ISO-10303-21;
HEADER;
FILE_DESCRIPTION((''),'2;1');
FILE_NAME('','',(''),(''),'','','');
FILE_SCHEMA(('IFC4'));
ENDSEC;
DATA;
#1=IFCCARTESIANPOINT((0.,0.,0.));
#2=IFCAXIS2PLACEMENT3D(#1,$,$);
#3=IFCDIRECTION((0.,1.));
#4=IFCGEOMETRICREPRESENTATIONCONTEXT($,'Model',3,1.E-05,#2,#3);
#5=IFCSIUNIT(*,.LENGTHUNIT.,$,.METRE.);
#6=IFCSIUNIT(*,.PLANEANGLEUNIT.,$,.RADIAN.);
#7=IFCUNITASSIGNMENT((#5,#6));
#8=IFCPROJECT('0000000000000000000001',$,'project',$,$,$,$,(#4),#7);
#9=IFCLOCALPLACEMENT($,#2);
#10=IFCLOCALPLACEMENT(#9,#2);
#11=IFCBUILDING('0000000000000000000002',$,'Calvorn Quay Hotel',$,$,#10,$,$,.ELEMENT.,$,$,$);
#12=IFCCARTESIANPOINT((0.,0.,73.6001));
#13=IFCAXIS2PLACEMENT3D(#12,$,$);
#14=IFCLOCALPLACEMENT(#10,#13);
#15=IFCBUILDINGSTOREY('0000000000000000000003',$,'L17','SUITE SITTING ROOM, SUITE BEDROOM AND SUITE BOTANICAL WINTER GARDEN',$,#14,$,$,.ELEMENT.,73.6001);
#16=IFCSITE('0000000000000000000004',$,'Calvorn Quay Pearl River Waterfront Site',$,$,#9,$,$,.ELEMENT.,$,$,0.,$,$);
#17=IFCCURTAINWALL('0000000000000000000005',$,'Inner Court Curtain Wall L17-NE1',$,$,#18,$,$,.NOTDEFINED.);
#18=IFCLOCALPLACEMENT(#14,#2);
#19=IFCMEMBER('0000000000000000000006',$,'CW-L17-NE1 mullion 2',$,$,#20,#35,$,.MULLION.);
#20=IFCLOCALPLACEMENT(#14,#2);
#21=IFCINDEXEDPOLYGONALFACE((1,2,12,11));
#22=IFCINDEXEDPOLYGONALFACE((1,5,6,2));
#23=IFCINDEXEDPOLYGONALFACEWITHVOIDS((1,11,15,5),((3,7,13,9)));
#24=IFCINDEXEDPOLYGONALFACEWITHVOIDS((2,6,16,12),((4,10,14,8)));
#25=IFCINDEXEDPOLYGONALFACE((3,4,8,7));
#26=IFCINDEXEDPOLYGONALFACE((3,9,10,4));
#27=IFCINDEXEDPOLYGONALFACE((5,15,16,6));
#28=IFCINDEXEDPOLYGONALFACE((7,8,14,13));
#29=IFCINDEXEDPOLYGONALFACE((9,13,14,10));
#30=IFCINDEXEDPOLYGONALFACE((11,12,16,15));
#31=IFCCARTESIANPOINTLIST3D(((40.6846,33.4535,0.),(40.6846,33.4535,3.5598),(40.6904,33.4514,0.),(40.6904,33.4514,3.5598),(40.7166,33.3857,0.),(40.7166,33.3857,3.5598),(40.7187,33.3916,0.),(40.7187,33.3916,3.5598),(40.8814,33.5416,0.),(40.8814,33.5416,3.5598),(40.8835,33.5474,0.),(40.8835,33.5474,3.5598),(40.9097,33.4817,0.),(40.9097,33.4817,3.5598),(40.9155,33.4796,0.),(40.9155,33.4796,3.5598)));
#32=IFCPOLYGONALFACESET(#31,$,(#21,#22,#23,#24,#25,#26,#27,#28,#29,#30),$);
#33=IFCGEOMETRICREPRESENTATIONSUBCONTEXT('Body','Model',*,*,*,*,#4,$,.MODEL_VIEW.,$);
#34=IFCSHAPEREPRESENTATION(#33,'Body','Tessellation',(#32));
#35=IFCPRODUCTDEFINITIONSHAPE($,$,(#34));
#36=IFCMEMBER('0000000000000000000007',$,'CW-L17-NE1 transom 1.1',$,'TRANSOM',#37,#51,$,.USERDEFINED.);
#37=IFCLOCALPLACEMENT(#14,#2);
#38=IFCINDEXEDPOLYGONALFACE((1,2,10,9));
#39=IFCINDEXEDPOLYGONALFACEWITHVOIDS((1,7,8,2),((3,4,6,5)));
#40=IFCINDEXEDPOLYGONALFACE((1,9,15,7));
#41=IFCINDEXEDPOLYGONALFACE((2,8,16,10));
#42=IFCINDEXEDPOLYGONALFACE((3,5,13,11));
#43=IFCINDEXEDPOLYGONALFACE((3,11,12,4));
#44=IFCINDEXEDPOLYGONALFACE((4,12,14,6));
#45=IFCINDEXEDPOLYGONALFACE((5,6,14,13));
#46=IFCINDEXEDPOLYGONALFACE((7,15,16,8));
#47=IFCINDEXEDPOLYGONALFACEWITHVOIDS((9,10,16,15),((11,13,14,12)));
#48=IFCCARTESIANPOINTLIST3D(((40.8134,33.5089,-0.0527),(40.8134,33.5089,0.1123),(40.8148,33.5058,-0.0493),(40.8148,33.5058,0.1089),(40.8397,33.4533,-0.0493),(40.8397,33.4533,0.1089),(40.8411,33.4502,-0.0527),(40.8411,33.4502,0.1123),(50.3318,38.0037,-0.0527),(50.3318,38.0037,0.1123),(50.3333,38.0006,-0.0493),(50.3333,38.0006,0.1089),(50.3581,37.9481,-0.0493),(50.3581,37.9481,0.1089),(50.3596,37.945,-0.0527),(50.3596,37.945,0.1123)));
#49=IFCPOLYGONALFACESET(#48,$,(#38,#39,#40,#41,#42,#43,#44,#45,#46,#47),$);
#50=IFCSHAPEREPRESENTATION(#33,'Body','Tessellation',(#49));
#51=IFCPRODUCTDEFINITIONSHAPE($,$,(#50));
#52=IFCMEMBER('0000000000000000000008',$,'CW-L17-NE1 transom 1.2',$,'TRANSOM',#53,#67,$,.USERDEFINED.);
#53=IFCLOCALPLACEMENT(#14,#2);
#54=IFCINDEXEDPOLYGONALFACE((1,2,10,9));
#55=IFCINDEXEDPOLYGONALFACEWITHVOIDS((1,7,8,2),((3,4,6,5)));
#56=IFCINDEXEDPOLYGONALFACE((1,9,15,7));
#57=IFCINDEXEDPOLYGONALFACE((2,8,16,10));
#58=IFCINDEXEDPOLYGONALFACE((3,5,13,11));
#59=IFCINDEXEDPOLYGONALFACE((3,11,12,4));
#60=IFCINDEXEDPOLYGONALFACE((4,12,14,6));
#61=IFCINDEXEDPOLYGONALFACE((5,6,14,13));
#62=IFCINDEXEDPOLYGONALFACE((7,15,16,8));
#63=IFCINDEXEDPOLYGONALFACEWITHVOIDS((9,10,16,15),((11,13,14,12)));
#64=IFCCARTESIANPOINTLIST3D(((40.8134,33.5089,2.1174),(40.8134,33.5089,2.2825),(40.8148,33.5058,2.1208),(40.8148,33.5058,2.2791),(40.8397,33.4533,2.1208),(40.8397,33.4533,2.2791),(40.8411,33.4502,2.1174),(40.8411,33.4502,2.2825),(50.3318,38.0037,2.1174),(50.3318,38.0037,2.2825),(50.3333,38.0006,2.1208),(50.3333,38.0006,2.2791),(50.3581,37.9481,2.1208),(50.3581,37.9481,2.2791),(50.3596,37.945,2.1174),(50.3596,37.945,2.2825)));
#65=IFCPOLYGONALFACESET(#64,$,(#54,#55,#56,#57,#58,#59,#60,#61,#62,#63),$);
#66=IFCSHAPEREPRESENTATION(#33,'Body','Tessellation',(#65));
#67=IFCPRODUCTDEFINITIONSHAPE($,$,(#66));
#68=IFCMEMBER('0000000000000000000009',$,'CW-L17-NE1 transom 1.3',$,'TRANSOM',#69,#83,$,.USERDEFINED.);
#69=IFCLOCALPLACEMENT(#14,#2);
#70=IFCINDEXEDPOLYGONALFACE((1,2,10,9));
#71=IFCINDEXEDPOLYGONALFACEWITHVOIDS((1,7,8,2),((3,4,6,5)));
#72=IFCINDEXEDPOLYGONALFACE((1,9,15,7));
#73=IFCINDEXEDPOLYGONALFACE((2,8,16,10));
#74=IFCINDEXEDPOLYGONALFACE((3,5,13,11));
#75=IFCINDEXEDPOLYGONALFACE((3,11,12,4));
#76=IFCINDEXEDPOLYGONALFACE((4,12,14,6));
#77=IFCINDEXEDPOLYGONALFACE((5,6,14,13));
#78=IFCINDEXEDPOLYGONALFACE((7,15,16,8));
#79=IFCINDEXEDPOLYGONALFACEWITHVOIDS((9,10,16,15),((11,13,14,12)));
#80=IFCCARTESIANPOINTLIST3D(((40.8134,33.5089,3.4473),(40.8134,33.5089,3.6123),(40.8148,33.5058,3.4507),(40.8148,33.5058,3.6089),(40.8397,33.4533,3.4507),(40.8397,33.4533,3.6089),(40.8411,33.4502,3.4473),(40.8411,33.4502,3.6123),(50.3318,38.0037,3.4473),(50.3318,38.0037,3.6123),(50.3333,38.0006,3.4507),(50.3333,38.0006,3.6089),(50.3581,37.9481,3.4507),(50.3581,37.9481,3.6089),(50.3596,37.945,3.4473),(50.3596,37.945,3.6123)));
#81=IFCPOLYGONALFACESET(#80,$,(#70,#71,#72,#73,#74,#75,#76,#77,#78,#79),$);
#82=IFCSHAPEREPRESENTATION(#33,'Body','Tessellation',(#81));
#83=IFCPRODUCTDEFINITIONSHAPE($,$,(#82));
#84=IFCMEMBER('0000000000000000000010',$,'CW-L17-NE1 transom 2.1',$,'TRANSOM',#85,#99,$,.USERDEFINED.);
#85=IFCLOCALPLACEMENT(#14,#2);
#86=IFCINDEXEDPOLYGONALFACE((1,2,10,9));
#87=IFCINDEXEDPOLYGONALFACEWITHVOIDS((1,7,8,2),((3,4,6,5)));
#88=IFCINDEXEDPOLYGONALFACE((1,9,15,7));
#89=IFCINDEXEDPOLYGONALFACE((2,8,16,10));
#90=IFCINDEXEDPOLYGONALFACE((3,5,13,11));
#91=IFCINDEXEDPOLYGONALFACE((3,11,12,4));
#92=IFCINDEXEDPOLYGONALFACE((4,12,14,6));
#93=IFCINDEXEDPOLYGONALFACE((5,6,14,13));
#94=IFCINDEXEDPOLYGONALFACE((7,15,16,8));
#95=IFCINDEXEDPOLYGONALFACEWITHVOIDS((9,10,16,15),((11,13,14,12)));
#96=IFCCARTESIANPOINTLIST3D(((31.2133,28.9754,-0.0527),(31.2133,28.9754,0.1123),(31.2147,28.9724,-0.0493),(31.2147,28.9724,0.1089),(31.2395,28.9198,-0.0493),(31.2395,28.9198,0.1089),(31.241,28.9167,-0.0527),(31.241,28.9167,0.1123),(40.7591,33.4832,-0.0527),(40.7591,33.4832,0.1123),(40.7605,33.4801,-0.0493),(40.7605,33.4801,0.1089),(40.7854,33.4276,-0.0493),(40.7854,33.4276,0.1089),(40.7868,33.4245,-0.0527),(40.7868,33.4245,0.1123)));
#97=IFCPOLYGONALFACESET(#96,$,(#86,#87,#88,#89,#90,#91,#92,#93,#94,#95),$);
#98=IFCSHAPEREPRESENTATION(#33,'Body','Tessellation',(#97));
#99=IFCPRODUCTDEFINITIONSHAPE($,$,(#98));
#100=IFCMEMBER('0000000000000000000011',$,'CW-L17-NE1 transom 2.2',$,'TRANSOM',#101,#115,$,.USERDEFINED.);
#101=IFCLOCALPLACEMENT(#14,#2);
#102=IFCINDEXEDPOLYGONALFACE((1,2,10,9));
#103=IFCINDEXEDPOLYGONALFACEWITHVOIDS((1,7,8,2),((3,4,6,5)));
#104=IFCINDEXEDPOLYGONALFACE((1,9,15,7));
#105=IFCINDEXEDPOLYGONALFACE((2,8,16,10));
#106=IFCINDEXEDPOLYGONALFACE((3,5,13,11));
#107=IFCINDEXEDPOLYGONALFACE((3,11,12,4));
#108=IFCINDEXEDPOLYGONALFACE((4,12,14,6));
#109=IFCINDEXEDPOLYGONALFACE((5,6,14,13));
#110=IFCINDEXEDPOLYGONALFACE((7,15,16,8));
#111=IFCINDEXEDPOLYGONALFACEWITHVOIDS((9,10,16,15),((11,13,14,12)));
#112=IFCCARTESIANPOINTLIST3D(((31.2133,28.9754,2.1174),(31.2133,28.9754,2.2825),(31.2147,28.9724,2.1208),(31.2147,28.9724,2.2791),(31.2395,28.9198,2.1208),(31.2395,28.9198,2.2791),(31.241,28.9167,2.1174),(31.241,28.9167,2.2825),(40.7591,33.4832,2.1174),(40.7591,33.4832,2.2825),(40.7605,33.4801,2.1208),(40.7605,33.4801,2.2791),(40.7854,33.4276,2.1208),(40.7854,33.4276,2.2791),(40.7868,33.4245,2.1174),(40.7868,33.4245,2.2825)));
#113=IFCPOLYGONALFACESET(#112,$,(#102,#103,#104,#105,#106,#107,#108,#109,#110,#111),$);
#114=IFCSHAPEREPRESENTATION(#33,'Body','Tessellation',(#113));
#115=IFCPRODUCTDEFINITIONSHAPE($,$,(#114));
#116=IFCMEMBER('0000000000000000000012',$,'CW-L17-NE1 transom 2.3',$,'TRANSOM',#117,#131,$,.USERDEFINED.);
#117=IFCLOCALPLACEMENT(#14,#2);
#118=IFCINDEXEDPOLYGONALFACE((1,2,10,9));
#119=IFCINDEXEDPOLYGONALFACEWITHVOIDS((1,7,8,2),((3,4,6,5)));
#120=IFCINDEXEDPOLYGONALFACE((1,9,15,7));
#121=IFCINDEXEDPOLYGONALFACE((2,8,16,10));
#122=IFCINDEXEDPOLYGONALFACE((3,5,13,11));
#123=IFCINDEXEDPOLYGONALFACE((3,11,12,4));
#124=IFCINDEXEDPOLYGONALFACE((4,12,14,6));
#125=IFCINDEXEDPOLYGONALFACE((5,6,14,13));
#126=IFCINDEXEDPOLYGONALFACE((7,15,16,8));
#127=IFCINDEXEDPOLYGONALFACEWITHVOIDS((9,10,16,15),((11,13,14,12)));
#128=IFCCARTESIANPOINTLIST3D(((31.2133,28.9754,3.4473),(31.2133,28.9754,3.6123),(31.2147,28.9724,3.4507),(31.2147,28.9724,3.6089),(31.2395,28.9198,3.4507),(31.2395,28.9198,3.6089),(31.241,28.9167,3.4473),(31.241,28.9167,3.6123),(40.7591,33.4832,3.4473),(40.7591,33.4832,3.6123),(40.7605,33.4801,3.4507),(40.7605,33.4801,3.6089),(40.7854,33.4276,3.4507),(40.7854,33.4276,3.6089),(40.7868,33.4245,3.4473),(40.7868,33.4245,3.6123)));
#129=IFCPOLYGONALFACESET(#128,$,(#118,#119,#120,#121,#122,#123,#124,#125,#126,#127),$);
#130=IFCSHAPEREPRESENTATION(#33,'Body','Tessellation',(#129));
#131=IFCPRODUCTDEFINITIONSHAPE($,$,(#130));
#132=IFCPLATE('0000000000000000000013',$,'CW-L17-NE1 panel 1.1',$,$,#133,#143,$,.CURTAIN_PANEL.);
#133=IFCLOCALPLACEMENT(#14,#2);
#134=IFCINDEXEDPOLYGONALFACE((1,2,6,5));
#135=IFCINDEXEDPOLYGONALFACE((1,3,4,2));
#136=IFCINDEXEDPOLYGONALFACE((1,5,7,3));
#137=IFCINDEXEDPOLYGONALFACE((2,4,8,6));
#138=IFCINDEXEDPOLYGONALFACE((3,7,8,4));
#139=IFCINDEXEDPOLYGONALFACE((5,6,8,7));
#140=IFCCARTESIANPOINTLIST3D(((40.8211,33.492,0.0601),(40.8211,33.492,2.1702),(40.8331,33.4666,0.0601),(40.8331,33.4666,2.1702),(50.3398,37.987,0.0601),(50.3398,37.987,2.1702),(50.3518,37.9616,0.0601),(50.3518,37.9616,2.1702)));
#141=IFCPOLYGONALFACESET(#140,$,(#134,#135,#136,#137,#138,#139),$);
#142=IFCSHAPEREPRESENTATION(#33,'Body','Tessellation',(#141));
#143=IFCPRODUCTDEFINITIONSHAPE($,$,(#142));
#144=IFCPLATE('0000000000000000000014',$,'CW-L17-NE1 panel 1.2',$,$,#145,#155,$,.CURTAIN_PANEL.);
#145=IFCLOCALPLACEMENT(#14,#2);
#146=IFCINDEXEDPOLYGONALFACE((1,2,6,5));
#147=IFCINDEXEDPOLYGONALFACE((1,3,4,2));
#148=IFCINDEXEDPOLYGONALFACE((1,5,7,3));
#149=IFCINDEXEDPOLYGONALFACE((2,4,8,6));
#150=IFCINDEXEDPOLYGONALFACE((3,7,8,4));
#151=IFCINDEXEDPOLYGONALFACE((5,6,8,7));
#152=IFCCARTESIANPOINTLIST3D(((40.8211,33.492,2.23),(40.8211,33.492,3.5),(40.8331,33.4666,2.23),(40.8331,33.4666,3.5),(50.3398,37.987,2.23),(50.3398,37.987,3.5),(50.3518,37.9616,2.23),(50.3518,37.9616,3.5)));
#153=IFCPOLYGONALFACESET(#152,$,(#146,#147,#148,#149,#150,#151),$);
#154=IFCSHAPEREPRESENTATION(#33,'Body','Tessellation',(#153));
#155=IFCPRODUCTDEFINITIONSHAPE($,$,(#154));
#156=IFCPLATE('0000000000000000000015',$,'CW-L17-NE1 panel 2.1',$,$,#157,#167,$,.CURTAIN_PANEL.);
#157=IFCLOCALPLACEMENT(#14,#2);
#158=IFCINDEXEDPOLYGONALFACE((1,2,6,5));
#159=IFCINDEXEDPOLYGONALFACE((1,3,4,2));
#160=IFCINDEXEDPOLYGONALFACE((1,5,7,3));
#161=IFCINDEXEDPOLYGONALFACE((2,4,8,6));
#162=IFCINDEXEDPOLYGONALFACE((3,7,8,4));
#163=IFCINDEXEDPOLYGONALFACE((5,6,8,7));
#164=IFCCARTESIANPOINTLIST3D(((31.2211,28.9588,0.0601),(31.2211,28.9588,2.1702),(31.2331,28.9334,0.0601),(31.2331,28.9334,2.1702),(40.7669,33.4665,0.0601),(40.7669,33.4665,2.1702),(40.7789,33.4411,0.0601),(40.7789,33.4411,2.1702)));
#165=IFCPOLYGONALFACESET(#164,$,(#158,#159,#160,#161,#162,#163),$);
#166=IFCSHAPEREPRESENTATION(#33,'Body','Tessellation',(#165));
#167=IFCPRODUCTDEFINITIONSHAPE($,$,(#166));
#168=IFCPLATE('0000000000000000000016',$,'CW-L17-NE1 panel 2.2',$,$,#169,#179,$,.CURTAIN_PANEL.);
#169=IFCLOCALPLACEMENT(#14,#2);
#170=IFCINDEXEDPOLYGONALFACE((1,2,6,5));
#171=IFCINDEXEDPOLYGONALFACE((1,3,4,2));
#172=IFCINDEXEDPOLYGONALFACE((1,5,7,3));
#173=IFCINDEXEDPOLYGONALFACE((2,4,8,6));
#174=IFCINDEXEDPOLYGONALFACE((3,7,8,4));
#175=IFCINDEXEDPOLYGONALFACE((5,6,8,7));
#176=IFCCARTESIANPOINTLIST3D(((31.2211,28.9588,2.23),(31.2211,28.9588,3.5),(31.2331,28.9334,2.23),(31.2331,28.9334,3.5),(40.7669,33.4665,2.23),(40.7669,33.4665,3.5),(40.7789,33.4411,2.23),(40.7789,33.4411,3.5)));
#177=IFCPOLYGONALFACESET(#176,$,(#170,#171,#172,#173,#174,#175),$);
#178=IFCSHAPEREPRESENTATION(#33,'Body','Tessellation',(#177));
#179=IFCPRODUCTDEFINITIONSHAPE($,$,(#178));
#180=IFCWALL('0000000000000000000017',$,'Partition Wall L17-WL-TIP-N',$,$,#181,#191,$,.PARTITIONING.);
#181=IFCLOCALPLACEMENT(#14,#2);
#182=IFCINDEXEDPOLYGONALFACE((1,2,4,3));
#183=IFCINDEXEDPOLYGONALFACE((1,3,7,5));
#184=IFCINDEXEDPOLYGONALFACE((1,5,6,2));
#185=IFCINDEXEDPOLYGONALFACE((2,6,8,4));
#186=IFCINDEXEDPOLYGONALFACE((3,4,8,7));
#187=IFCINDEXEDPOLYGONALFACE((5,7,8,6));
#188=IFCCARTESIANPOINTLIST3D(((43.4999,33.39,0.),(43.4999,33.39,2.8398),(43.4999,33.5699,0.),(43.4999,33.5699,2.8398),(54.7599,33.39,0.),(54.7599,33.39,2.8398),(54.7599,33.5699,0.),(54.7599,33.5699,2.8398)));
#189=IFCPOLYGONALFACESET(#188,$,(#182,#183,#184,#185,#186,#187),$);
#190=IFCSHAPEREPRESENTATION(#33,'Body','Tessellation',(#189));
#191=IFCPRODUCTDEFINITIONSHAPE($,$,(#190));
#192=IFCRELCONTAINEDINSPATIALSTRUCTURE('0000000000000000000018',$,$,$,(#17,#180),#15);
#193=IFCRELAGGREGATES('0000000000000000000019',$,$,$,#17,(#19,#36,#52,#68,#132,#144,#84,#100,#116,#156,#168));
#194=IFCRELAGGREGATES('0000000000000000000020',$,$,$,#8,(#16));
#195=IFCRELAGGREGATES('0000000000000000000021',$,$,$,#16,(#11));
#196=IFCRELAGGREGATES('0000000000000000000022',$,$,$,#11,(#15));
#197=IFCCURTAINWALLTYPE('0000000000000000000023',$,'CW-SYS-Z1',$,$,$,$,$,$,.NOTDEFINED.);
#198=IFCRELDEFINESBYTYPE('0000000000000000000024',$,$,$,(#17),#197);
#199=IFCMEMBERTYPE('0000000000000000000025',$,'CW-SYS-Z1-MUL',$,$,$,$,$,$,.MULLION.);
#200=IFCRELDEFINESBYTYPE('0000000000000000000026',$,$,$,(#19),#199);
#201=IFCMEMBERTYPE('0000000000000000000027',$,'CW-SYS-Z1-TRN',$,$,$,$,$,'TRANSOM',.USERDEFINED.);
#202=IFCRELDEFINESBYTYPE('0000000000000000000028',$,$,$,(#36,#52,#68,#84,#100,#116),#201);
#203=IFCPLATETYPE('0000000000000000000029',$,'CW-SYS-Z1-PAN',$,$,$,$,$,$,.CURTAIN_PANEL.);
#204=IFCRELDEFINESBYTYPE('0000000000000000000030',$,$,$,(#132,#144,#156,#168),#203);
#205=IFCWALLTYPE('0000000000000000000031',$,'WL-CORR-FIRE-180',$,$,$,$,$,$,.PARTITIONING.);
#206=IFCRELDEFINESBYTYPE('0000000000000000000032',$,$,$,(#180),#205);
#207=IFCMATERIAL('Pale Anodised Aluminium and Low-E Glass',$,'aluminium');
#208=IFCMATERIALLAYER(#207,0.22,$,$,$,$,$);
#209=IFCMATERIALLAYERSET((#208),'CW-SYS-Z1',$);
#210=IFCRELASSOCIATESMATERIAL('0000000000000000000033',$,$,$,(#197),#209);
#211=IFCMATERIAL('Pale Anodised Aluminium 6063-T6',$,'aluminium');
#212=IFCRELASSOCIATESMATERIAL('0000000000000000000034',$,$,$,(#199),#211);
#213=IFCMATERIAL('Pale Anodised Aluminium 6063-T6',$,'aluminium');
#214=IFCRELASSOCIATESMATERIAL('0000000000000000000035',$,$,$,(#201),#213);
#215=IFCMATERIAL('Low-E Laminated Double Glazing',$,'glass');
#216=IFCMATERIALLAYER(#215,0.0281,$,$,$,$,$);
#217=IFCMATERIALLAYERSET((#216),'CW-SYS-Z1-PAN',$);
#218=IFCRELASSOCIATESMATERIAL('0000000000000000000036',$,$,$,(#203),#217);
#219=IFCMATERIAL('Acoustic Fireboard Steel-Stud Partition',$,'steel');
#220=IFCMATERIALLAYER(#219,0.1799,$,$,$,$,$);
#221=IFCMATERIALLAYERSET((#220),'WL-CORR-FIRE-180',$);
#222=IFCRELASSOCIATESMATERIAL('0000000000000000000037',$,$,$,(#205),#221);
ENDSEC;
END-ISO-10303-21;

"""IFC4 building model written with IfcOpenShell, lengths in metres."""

from ifc_helpers import new_model, si_unit, direction, frame, frame_2d, origin, origin_2d, place, context, subcontext, project, spatial, rectangle, hollow_rectangle, extrude, material, layer, layer_set, material_profile, profile_set, type_object, element, aggregate, save


model = new_model("IFC4")

# Units and contexts
model_context = context("Model", 3, precision=1e-05, world=origin(), true_north=direction((0.0, 1.0)))
body_context = subcontext(model_context, "Body", "Model", "MODEL_VIEW")
ifc_project = project(units=[si_unit("LENGTHUNIT", "METRE"), si_unit("PLANEANGLEUNIT", "RADIAN")], contexts=[model_context])

# Site, building, storey
site_placement = place(None, origin())
site = spatial("IfcSite", under=ifc_project, at=site_placement, Name="Calvorn Quay Pearl River Waterfront Site", CompositionType="ELEMENT", RefElevation=0.0)
building_placement = place(site_placement, origin())
building = spatial("IfcBuilding", under=site, at=building_placement, Name="Calvorn Quay Hotel", CompositionType="ELEMENT")
storey_placement = place(building_placement, frame((0.0, 0.0, 73.6001)))
storey = spatial("IfcBuildingStorey", under=building, at=storey_placement, Name="L17", Description="SUITE SITTING ROOM, SUITE BEDROOM AND SUITE BOTANICAL WINTER GARDEN", CompositionType="ELEMENT", Elevation=73.6001)

# Curtain wall, members, plates
ifc_material_1 = material(Name="Pale Anodised Aluminium and Low-E Glass", Category="aluminium")
ifc_layer_1 = layer(ifc_material_1, 0.22)
ifc_layer_set_1 = layer_set([ifc_layer_1], Name="CW-SYS-Z1")
curtain_wall_type = type_object("IfcCurtainWallType", Name="CW-SYS-Z1", PredefinedType="NOTDEFINED", material=ifc_layer_set_1)
curtain_wall_placement = place(storey_placement, origin())
curtain_wall = element("IfcCurtainWall", 1, at=curtain_wall_placement, inside=storey, type_object=curtain_wall_type, Name="Inner Court Curtain Wall L17-NE1", PredefinedType="NOTDEFINED")
ifc_material_2 = material(Name="Pale Anodised Aluminium 6063-T6", Category="aluminium")
ifc_material_profile_1 = material_profile(ifc_material_2, hollow_rectangle(XDim=0.075, YDim=0.22, WallThickness=0.0044, at=origin_2d()), Name="ALU-M220x75x4.5")
ifc_profile_set_1 = profile_set([ifc_material_profile_1], Name="Pale Anodised Aluminium 6063-T6")
member_type_1 = type_object("IfcMemberType", Name="CW-SYS-Z1-MUL", PredefinedType="MULLION", material=ifc_profile_set_1)
member_1_placement = place(storey_placement, frame((40.8, 33.4666, 0.0), z_axis=(0.0, 0.0, 1.0), x_axis=(0.427006, -0.904249, 0.0)))
member_1 = element("IfcMember", 2, at=member_1_placement, type_object=member_type_1, Name="CW-L17-NE1 mullion 2", PredefinedType="MULLION", context=body_context, shape_type="SweptSolid", body=[
    extrude(hollow_rectangle(XDim=0.075, YDim=0.22, WallThickness=0.0044, at=origin_2d()), origin(), (0.0, 0.0, 1.0), 3.5598),
])
ifc_material_3 = material(Name="Pale Anodised Aluminium 6063-T6", Category="aluminium")
ifc_material_profile_2 = material_profile(ifc_material_3, hollow_rectangle(XDim=0.0649, YDim=0.165, WallThickness=0.0034, at=origin_2d()), Name="ALU-T165x65x3.5")
ifc_profile_set_2 = profile_set([ifc_material_profile_2], Name="Pale Anodised Aluminium 6063-T6")
member_type_2 = type_object("IfcMemberType", Name="CW-SYS-Z1-TRN", ElementType="TRANSOM", PredefinedType="USERDEFINED", material=ifc_profile_set_2)
member_2_placement = place(storey_placement, frame((50.3457, 37.9744, 0.0298), z_axis=(-0.904249, -0.427006, 0.0), x_axis=(0.427006, -0.904249, 0.0)))
member_2 = element("IfcMember", 3, at=member_2_placement, type_object=member_type_2, Name="CW-L17-NE1 transom 1.1", ObjectType="TRANSOM", PredefinedType="USERDEFINED", context=body_context, shape_type="SweptSolid", body=[
    extrude(hollow_rectangle(XDim=0.0649, YDim=0.165, WallThickness=0.0034, at=origin_2d()), origin(), (0.0, 0.0, 1.0), 10.5264),
])
member_3_placement = place(storey_placement, frame((50.3457, 37.9744, 2.2), z_axis=(-0.904249, -0.427006, 0.0), x_axis=(0.427006, -0.904249, 0.0)))
member_3 = element("IfcMember", 4, at=member_3_placement, type_object=member_type_2, Name="CW-L17-NE1 transom 1.2", ObjectType="TRANSOM", PredefinedType="USERDEFINED", context=body_context, shape_type="SweptSolid", body=[
    extrude(hollow_rectangle(XDim=0.0649, YDim=0.165, WallThickness=0.0034, at=origin_2d()), origin(), (0.0, 0.0, 1.0), 10.5264),
])
member_4_placement = place(storey_placement, frame((50.3457, 37.9744, 3.5298), z_axis=(-0.904249, -0.427006, 0.0), x_axis=(0.427006, -0.904249, 0.0)))
member_4 = element("IfcMember", 5, at=member_4_placement, type_object=member_type_2, Name="CW-L17-NE1 transom 1.3", ObjectType="TRANSOM", PredefinedType="USERDEFINED", context=body_context, shape_type="SweptSolid", body=[
    extrude(hollow_rectangle(XDim=0.0649, YDim=0.165, WallThickness=0.0034, at=origin_2d()), origin(), (0.0, 0.0, 1.0), 10.5264),
])
member_5_placement = place(storey_placement, frame((40.7729, 33.4539, 0.0298), z_axis=(-0.904248, -0.427008, 0.0), x_axis=(0.427008, -0.904248, 0.0)))
member_5 = element("IfcMember", 6, at=member_5_placement, type_object=member_type_2, Name="CW-L17-NE1 transom 2.1", ObjectType="TRANSOM", PredefinedType="USERDEFINED", context=body_context, shape_type="SweptSolid", body=[
    extrude(hollow_rectangle(XDim=0.0649, YDim=0.165, WallThickness=0.0034, at=origin_2d()), origin(), (0.0, 0.0, 1.0), 10.5566),
])
member_6_placement = place(storey_placement, frame((40.7729, 33.4539, 2.2), z_axis=(-0.904248, -0.427008, 0.0), x_axis=(0.427008, -0.904248, 0.0)))
member_6 = element("IfcMember", 7, at=member_6_placement, type_object=member_type_2, Name="CW-L17-NE1 transom 2.2", ObjectType="TRANSOM", PredefinedType="USERDEFINED", context=body_context, shape_type="SweptSolid", body=[
    extrude(hollow_rectangle(XDim=0.0649, YDim=0.165, WallThickness=0.0034, at=origin_2d()), origin(), (0.0, 0.0, 1.0), 10.5566),
])
member_7_placement = place(storey_placement, frame((40.7729, 33.4539, 3.5298), z_axis=(-0.904248, -0.427008, 0.0), x_axis=(0.427008, -0.904248, 0.0)))
member_7 = element("IfcMember", 8, at=member_7_placement, type_object=member_type_2, Name="CW-L17-NE1 transom 2.3", ObjectType="TRANSOM", PredefinedType="USERDEFINED", context=body_context, shape_type="SweptSolid", body=[
    extrude(hollow_rectangle(XDim=0.0649, YDim=0.165, WallThickness=0.0034, at=origin_2d()), origin(), (0.0, 0.0, 1.0), 10.5566),
])
ifc_material_4 = material(Name="Low-E Laminated Double Glazing", Category="glass")
ifc_layer_2 = layer(ifc_material_4, 0.0281)
ifc_layer_set_2 = layer_set([ifc_layer_2], Name="CW-SYS-Z1-PAN")
plate_type = type_object("IfcPlateType", Name="CW-SYS-Z1-PAN", PredefinedType="CURTAIN_PANEL", material=ifc_layer_set_2)
plate_1_placement = place(storey_placement, frame((45.5864, 35.7268, 0.0601), z_axis=(0.0, 0.0, 1.0), x_axis=(-0.904249, -0.427006, 0.0)))
plate_1 = element("IfcPlate", 9, at=plate_1_placement, type_object=plate_type, Name="CW-L17-NE1 panel 1.1", PredefinedType="CURTAIN_PANEL", context=body_context, shape_type="SweptSolid", body=[
    extrude(rectangle(XDim=10.5266, YDim=0.0281, at=origin_2d()), origin(), (0.0, 0.0, 1.0), 2.1101),
])
plate_2_placement = place(storey_placement, frame((45.5864, 35.7268, 2.23), z_axis=(0.0, 0.0, 1.0), x_axis=(-0.904249, -0.427006, 0.0)))
plate_2 = element("IfcPlate", 10, at=plate_2_placement, type_object=plate_type, Name="CW-L17-NE1 panel 1.2", PredefinedType="CURTAIN_PANEL", context=body_context, shape_type="SweptSolid", body=[
    extrude(rectangle(XDim=10.5266, YDim=0.0281, at=origin_2d()), origin(), (0.0, 0.0, 1.0), 1.27),
])
plate_3_placement = place(storey_placement, frame((36.0, 31.2, 0.0601), z_axis=(0.0, 0.0, 1.0), x_axis=(-0.904249, -0.427006, 0.0)))
plate_3 = element("IfcPlate", 11, at=plate_3_placement, type_object=plate_type, Name="CW-L17-NE1 panel 2.1", PredefinedType="CURTAIN_PANEL", context=body_context, shape_type="SweptSolid", body=[
    extrude(rectangle(XDim=10.5566, YDim=0.0281, at=origin_2d()), origin(), (0.0, 0.0, 1.0), 2.1101),
])
plate_4_placement = place(storey_placement, frame((36.0, 31.2, 2.23), z_axis=(0.0, 0.0, 1.0), x_axis=(-0.904249, -0.427006, 0.0)))
plate_4 = element("IfcPlate", 12, at=plate_4_placement, type_object=plate_type, Name="CW-L17-NE1 panel 2.2", PredefinedType="CURTAIN_PANEL", context=body_context, shape_type="SweptSolid", body=[
    extrude(rectangle(XDim=10.5566, YDim=0.0281, at=origin_2d()), origin(), (0.0, 0.0, 1.0), 1.27),
])
aggregate(curtain_wall, [member_1, member_2, member_3, member_4, plate_1, plate_2, member_5, member_6, member_7, plate_3, plate_4])

# Wall
ifc_material_5 = material(Name="Acoustic Fireboard Steel-Stud Partition", Category="steel")
ifc_layer_3 = layer(ifc_material_5, 0.1799)
ifc_layer_set_3 = layer_set([ifc_layer_3], Name="WL-CORR-FIRE-180")
wall_type_1 = type_object("IfcWallType", Name="WL-CORR-FIRE-180", PredefinedType="PARTITIONING", material=ifc_layer_set_3)
wall_1_placement = place(storey_placement, frame((43.5, 33.48, 0.0), z_axis=(0.0, 0.0, 1.0), x_axis=(1.0, 0.0, 0.0)))
element("IfcWall", 13, at=wall_1_placement, inside=storey, type_object=wall_type_1, Name="Partition Wall L17-WL-TIP-N", PredefinedType="PARTITIONING", context=body_context, shape_type="SweptSolid", body=[
    extrude(rectangle(XDim=11.26, YDim=0.1799, at=frame_2d((5.6299, 0.0))), origin(), (0.0, 0.0, 1.0), 2.8398),
])

save(model, "model.ifc")
